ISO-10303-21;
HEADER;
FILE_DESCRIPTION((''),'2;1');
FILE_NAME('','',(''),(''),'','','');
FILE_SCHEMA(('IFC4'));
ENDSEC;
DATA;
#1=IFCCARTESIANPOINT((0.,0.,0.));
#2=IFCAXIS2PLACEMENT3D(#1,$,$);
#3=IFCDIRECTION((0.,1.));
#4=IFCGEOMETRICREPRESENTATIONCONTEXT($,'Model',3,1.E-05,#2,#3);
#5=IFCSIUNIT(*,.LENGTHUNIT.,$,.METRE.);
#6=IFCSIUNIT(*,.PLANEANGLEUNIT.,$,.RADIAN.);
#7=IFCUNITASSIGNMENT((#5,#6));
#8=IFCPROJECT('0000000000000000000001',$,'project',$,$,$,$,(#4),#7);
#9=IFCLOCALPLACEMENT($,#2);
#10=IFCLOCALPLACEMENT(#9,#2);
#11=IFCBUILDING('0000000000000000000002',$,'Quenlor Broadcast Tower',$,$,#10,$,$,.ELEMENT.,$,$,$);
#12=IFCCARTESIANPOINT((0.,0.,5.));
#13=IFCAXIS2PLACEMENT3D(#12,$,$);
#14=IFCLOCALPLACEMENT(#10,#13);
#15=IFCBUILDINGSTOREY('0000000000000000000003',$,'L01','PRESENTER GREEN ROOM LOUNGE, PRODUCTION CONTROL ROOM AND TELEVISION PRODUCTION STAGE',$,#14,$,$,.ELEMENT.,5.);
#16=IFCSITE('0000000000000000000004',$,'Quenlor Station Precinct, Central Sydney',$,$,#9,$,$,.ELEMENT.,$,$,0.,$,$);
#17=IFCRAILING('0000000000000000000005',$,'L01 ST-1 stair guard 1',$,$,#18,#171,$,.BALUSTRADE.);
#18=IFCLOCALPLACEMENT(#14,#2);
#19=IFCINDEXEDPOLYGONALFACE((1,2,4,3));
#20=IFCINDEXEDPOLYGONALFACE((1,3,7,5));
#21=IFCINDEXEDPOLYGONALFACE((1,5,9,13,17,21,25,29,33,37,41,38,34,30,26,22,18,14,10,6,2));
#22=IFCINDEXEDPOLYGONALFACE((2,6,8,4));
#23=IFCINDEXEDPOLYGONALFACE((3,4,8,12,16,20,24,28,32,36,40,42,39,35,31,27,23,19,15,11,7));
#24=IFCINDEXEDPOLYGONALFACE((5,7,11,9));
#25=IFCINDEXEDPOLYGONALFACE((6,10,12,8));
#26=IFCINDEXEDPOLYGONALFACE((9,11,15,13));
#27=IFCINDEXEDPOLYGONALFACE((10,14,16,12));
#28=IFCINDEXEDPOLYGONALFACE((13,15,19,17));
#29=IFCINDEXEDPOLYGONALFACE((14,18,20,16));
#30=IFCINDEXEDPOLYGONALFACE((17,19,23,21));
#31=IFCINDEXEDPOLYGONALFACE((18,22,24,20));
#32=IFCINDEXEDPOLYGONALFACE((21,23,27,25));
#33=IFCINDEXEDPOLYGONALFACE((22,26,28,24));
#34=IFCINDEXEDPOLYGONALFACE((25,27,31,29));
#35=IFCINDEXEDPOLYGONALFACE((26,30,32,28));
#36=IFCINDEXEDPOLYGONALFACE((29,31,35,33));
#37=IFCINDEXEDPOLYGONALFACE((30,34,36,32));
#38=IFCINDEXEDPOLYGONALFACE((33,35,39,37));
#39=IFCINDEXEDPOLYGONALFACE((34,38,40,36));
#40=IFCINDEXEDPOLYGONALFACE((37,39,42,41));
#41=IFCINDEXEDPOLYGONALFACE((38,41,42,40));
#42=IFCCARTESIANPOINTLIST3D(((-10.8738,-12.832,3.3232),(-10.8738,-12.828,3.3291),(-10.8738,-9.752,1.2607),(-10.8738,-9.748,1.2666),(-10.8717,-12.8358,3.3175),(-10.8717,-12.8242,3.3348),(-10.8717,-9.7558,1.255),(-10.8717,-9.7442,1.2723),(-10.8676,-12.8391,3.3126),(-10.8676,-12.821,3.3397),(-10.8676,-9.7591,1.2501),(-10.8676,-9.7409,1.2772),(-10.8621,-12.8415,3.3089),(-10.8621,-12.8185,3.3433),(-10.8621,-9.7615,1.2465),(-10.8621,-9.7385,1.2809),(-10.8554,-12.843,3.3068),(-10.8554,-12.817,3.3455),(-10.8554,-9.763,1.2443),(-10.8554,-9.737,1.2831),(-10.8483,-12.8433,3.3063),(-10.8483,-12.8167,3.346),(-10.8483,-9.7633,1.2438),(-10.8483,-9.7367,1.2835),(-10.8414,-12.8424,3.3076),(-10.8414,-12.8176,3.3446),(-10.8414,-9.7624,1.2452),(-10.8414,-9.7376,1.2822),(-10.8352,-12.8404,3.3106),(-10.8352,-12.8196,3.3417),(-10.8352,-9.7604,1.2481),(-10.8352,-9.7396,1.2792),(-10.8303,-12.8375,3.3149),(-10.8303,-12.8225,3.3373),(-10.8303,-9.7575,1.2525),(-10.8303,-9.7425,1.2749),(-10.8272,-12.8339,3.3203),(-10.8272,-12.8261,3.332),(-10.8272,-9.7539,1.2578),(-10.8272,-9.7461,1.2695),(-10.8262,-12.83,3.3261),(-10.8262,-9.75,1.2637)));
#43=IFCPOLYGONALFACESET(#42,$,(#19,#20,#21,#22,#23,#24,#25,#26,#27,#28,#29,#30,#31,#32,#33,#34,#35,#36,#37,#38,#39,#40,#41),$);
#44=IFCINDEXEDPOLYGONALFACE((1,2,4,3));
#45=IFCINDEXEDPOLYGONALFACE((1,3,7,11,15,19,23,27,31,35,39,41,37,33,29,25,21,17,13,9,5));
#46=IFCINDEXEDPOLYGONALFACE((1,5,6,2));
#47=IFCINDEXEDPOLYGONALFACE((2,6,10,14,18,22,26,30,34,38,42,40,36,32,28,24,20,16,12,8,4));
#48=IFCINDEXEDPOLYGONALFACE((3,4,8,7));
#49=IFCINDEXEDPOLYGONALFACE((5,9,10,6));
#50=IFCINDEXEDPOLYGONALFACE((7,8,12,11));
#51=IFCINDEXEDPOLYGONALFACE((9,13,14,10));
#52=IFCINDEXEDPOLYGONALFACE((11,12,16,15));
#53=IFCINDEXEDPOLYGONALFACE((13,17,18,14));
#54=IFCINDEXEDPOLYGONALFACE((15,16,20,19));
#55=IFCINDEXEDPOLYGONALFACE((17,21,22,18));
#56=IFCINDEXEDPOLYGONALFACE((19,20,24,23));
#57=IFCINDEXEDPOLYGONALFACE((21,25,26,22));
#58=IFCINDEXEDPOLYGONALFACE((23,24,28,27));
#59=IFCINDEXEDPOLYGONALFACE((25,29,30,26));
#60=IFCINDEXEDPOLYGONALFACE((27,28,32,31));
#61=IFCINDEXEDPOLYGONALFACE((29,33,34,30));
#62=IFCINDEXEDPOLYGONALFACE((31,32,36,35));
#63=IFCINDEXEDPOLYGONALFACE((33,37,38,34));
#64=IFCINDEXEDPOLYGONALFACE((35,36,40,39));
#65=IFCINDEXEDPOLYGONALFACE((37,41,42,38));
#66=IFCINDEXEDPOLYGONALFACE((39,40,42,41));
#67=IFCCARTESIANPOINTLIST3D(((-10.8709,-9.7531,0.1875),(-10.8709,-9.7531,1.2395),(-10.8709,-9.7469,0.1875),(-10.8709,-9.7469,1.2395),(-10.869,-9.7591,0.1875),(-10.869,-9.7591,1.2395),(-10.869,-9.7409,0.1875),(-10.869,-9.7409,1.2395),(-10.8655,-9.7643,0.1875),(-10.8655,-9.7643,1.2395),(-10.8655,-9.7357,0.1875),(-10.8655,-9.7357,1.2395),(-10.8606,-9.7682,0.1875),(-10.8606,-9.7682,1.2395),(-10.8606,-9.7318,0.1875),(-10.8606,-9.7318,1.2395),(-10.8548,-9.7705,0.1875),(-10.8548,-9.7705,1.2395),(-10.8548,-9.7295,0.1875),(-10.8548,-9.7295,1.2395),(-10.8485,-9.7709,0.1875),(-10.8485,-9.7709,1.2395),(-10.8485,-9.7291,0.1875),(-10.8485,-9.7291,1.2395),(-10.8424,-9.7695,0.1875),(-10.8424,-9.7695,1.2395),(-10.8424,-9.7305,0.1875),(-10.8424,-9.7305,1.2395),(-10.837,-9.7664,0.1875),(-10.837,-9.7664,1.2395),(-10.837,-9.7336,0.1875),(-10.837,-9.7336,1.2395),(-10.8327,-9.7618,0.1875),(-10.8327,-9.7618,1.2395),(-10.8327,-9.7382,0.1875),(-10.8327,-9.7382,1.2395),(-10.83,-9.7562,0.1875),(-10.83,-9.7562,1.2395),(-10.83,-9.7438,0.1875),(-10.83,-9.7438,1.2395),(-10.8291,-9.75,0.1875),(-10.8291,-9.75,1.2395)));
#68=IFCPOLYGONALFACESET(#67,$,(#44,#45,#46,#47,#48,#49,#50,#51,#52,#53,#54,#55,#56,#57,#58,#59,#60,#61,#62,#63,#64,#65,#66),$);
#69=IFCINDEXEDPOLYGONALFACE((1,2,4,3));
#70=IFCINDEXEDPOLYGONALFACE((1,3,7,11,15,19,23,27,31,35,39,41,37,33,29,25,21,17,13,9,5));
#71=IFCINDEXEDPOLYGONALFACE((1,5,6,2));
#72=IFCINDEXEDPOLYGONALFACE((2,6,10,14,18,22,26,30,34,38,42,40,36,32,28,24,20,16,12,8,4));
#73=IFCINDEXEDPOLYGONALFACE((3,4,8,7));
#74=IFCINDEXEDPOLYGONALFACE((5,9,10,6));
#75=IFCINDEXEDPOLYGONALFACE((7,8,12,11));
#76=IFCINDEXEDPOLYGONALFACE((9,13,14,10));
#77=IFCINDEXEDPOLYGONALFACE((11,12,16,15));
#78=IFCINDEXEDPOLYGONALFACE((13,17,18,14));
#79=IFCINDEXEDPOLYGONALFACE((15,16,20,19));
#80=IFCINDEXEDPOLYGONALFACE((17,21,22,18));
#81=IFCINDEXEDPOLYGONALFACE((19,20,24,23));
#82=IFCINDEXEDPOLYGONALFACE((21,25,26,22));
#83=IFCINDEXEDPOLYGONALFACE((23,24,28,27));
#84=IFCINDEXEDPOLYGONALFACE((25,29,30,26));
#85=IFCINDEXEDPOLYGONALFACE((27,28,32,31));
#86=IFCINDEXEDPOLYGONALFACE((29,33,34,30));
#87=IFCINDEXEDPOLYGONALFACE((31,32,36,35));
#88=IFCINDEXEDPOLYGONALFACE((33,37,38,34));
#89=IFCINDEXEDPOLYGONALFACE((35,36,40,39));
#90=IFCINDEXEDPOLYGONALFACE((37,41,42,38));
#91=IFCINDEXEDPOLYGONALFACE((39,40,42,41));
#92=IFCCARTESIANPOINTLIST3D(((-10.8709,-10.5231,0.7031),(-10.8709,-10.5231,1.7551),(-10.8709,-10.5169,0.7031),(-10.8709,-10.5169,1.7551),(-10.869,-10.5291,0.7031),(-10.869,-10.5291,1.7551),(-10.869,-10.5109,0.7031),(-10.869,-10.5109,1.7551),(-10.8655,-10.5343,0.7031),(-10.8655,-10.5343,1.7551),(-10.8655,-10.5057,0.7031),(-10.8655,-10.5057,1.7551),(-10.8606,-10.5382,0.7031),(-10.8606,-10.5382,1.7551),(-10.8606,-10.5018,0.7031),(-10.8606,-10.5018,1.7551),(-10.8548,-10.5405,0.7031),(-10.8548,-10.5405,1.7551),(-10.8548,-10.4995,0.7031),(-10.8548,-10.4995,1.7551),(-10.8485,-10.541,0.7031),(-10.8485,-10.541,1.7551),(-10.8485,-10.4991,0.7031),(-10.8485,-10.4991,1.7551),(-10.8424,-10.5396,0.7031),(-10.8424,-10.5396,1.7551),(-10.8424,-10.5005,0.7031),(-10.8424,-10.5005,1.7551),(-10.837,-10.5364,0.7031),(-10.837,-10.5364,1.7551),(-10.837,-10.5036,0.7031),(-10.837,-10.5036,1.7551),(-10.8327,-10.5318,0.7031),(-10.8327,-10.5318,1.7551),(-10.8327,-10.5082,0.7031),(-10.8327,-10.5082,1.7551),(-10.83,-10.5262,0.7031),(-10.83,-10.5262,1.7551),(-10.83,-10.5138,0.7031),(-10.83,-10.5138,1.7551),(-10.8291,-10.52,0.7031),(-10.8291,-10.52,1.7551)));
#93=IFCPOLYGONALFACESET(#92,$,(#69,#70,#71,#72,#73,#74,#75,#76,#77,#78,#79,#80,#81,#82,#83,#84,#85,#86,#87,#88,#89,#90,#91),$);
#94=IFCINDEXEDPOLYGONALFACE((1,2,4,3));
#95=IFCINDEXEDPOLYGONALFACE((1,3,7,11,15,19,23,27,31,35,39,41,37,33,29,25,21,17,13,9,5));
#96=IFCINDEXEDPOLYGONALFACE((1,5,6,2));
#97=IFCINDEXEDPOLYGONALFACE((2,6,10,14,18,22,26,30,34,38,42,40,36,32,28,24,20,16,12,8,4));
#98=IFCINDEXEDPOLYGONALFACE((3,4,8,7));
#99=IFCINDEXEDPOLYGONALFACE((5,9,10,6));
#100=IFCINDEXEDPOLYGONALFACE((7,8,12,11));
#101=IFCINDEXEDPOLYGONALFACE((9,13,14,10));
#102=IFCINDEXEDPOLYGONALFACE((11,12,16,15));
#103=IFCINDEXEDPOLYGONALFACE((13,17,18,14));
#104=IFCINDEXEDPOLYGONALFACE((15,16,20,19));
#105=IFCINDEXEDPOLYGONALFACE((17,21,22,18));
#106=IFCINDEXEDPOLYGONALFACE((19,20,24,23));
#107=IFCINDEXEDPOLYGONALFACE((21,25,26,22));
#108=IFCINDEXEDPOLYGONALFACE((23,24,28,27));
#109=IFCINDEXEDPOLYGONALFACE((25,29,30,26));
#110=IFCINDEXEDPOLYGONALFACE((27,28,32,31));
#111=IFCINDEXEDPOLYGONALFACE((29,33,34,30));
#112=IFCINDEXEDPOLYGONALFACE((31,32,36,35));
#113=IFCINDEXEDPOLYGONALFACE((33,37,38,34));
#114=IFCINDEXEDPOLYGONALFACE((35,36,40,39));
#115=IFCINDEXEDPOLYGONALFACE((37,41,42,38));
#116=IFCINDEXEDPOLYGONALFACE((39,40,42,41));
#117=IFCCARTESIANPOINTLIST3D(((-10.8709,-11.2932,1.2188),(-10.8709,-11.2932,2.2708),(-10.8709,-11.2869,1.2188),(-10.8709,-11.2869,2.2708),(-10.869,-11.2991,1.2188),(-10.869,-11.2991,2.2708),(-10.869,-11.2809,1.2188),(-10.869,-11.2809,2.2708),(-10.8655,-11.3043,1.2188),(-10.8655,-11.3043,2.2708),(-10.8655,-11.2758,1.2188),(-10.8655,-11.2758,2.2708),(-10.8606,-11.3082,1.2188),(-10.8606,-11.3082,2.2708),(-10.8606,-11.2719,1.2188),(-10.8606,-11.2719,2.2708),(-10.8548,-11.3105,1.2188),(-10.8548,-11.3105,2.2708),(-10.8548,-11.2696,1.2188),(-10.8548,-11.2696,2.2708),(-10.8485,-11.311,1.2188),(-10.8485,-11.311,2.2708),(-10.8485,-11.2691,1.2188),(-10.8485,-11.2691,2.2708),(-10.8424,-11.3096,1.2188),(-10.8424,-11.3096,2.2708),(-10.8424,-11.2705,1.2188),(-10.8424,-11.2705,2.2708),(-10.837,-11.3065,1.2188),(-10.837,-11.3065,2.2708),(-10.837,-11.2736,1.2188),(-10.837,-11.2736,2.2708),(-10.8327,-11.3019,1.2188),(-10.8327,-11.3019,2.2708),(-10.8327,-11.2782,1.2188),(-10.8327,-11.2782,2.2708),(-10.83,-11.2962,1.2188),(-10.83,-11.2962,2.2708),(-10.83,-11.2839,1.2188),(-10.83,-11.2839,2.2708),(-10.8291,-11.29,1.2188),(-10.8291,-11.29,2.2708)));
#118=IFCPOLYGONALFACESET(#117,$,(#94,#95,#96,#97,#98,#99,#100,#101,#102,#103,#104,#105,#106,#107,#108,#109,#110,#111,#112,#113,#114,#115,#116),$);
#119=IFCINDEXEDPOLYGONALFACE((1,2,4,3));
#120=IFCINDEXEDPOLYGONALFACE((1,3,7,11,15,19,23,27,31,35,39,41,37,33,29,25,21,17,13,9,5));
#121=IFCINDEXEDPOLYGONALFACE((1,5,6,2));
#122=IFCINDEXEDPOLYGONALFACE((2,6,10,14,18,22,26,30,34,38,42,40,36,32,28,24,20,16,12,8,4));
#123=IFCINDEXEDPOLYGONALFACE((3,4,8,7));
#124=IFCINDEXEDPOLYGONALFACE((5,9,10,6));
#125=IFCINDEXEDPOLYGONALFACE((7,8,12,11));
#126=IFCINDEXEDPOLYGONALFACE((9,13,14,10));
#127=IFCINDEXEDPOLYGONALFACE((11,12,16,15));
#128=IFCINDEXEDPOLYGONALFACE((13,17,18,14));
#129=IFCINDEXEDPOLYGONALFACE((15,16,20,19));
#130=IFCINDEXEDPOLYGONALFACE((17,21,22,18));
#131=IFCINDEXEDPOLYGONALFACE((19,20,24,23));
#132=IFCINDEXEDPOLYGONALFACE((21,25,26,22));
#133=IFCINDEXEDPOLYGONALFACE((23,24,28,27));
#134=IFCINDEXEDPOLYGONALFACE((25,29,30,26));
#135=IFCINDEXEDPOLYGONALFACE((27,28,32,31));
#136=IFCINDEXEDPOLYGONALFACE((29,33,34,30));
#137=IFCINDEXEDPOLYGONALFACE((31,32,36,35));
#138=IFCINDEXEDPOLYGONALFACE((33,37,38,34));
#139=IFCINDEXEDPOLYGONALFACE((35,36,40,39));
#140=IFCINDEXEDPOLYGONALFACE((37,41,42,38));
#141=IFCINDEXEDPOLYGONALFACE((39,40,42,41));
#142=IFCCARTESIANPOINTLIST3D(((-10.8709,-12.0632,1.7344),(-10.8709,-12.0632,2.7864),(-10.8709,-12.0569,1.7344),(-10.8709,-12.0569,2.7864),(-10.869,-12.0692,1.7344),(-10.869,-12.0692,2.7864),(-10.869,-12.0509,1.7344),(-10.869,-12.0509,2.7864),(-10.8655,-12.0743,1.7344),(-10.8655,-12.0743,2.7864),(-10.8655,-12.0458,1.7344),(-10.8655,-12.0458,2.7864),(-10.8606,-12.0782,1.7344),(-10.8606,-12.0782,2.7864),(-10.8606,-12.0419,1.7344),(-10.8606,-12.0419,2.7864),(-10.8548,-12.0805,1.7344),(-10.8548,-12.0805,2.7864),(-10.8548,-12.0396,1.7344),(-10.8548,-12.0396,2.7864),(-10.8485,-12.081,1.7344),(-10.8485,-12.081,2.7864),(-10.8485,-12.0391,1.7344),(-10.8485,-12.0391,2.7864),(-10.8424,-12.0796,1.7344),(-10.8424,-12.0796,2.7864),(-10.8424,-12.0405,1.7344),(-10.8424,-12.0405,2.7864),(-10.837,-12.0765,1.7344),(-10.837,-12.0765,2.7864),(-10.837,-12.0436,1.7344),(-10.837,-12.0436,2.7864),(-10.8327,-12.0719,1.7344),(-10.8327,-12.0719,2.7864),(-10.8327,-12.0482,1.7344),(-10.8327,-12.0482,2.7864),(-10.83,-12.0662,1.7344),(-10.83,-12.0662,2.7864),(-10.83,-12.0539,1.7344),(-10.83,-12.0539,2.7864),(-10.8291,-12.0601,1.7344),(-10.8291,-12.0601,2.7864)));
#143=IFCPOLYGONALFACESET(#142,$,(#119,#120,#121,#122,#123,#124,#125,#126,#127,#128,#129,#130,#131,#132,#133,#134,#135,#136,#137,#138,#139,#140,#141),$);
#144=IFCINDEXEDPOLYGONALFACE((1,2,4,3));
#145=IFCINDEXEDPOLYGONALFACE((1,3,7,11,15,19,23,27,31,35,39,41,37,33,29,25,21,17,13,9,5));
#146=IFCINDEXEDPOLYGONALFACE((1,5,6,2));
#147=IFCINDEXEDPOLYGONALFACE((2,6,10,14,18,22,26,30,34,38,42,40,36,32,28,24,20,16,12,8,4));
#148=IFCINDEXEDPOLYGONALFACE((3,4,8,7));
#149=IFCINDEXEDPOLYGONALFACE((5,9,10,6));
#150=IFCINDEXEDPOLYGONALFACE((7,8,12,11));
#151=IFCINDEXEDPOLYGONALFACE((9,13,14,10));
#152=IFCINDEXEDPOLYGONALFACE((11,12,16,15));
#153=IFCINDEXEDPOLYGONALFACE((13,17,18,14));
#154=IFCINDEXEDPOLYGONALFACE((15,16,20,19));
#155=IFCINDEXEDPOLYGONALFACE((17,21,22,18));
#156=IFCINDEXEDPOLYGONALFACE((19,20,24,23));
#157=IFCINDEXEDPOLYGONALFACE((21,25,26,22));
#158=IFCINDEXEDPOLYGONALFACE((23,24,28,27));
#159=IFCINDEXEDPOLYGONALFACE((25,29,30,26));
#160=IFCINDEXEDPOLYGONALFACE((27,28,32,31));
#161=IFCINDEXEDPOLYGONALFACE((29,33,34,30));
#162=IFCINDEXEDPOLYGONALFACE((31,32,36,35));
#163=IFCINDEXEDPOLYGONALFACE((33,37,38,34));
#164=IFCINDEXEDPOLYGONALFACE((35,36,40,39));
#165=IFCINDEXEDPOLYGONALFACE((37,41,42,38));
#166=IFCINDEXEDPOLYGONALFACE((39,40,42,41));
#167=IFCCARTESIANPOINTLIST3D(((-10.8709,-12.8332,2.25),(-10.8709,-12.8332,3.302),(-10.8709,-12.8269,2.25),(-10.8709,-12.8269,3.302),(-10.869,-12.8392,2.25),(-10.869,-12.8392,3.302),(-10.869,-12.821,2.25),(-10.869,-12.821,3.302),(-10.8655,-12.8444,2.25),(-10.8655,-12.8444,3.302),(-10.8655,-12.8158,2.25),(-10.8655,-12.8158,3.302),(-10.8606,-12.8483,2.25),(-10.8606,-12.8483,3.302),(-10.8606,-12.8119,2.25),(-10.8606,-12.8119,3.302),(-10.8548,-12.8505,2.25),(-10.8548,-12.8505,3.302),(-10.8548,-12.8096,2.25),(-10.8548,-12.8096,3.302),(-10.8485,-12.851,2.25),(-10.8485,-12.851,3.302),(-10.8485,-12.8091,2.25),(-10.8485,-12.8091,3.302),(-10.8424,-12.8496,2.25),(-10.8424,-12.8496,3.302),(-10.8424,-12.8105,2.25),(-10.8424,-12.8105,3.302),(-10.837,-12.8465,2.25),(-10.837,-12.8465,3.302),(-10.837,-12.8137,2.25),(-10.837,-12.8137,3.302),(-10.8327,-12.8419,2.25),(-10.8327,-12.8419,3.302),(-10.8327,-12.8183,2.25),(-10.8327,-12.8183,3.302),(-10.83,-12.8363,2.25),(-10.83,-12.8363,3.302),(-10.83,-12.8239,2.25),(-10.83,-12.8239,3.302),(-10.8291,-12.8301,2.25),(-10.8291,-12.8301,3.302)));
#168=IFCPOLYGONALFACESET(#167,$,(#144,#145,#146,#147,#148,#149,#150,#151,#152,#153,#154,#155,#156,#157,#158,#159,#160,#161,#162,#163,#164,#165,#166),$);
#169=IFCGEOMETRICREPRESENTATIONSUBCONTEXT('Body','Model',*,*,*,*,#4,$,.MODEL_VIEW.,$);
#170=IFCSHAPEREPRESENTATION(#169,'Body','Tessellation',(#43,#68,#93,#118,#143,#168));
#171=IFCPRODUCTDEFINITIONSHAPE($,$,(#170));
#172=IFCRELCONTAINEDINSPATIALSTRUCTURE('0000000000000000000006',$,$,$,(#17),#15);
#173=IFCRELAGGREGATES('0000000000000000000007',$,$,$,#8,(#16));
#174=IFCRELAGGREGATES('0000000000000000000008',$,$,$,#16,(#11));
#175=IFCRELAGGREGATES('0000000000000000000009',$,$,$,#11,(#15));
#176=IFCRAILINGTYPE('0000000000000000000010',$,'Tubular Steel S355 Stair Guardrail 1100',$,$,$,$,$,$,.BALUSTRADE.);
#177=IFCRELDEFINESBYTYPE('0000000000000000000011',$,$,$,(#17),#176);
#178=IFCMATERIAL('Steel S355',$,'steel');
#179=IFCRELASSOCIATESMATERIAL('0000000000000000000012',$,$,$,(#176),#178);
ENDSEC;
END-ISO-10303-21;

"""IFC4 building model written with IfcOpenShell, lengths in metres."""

from ifc_helpers import new_model, si_unit, direction, frame, origin, origin_2d, place, context, subcontext, project, spatial, circle, extrude, material, type_object, element, save


model = new_model("IFC4")

# Units and contexts
model_context = context("Model", 3, precision=1e-05, world=origin(), true_north=direction((0.0, 1.0)))
body_context = subcontext(model_context, "Body", "Model", "MODEL_VIEW")
ifc_project = project(units=[si_unit("LENGTHUNIT", "METRE"), si_unit("PLANEANGLEUNIT", "RADIAN")], contexts=[model_context])

# Site, building, storey
site_placement = place(None, origin())
site = spatial("IfcSite", under=ifc_project, at=site_placement, Name="Quenlor Station Precinct, Central Sydney", CompositionType="ELEMENT", RefElevation=0.0)
building_placement = place(site_placement, origin())
building = spatial("IfcBuilding", under=site, at=building_placement, Name="Quenlor Broadcast Tower", CompositionType="ELEMENT")
storey_placement = place(building_placement, frame((0.0, 0.0, 5.0)))
storey = spatial("IfcBuildingStorey", under=building, at=storey_placement, Name="L01", Description="PRESENTER GREEN ROOM LOUNGE, PRODUCTION CONTROL ROOM AND TELEVISION PRODUCTION STAGE", CompositionType="ELEMENT", Elevation=5.0)

# Railing
ifc_material_1 = material(Name="Steel S355", Category="steel")
railing_type_1 = type_object("IfcRailingType", Name="Tubular Steel S355 Stair Guardrail 1100", PredefinedType="BALUSTRADE", material=ifc_material_1)
railing_1_placement = place(storey_placement, frame((-10.8501, -9.75, 0.1875)))
element("IfcRailing", 1, at=railing_1_placement, inside=storey, type_object=railing_type_1, Name="L01 ST-1 stair guard 1", PredefinedType="BALUSTRADE", context=body_context, shape_type="SweptSolid", body=[
    extrude(circle(Radius=0.0239, at=origin_2d()), frame((0.0, 0.0, 1.0762), z_axis=(0.0, -0.830914, 0.556401), x_axis=(1.0, 0.0, 0.0)), (0.0, 0.0, 1.0), 3.7068),
    extrude(circle(Radius=0.021, at=origin_2d()), origin(), (0.0, 0.0, 1.0), 1.052),
    extrude(circle(Radius=0.021, at=origin_2d()), frame((0.0, -0.77, 0.5156)), (0.0, 0.0, 1.0), 1.052),
    extrude(circle(Radius=0.021, at=origin_2d()), frame((0.0, -1.54, 1.0312)), (0.0, 0.0, 1.0), 1.052),
    extrude(circle(Radius=0.021, at=origin_2d()), frame((0.0, -2.3101, 1.5469)), (0.0, 0.0, 1.0), 1.052),
    extrude(circle(Radius=0.021, at=origin_2d()), frame((0.0, -3.0801, 2.0625)), (0.0, 0.0, 1.0), 1.052),
])

save(model, "model.ifc")
